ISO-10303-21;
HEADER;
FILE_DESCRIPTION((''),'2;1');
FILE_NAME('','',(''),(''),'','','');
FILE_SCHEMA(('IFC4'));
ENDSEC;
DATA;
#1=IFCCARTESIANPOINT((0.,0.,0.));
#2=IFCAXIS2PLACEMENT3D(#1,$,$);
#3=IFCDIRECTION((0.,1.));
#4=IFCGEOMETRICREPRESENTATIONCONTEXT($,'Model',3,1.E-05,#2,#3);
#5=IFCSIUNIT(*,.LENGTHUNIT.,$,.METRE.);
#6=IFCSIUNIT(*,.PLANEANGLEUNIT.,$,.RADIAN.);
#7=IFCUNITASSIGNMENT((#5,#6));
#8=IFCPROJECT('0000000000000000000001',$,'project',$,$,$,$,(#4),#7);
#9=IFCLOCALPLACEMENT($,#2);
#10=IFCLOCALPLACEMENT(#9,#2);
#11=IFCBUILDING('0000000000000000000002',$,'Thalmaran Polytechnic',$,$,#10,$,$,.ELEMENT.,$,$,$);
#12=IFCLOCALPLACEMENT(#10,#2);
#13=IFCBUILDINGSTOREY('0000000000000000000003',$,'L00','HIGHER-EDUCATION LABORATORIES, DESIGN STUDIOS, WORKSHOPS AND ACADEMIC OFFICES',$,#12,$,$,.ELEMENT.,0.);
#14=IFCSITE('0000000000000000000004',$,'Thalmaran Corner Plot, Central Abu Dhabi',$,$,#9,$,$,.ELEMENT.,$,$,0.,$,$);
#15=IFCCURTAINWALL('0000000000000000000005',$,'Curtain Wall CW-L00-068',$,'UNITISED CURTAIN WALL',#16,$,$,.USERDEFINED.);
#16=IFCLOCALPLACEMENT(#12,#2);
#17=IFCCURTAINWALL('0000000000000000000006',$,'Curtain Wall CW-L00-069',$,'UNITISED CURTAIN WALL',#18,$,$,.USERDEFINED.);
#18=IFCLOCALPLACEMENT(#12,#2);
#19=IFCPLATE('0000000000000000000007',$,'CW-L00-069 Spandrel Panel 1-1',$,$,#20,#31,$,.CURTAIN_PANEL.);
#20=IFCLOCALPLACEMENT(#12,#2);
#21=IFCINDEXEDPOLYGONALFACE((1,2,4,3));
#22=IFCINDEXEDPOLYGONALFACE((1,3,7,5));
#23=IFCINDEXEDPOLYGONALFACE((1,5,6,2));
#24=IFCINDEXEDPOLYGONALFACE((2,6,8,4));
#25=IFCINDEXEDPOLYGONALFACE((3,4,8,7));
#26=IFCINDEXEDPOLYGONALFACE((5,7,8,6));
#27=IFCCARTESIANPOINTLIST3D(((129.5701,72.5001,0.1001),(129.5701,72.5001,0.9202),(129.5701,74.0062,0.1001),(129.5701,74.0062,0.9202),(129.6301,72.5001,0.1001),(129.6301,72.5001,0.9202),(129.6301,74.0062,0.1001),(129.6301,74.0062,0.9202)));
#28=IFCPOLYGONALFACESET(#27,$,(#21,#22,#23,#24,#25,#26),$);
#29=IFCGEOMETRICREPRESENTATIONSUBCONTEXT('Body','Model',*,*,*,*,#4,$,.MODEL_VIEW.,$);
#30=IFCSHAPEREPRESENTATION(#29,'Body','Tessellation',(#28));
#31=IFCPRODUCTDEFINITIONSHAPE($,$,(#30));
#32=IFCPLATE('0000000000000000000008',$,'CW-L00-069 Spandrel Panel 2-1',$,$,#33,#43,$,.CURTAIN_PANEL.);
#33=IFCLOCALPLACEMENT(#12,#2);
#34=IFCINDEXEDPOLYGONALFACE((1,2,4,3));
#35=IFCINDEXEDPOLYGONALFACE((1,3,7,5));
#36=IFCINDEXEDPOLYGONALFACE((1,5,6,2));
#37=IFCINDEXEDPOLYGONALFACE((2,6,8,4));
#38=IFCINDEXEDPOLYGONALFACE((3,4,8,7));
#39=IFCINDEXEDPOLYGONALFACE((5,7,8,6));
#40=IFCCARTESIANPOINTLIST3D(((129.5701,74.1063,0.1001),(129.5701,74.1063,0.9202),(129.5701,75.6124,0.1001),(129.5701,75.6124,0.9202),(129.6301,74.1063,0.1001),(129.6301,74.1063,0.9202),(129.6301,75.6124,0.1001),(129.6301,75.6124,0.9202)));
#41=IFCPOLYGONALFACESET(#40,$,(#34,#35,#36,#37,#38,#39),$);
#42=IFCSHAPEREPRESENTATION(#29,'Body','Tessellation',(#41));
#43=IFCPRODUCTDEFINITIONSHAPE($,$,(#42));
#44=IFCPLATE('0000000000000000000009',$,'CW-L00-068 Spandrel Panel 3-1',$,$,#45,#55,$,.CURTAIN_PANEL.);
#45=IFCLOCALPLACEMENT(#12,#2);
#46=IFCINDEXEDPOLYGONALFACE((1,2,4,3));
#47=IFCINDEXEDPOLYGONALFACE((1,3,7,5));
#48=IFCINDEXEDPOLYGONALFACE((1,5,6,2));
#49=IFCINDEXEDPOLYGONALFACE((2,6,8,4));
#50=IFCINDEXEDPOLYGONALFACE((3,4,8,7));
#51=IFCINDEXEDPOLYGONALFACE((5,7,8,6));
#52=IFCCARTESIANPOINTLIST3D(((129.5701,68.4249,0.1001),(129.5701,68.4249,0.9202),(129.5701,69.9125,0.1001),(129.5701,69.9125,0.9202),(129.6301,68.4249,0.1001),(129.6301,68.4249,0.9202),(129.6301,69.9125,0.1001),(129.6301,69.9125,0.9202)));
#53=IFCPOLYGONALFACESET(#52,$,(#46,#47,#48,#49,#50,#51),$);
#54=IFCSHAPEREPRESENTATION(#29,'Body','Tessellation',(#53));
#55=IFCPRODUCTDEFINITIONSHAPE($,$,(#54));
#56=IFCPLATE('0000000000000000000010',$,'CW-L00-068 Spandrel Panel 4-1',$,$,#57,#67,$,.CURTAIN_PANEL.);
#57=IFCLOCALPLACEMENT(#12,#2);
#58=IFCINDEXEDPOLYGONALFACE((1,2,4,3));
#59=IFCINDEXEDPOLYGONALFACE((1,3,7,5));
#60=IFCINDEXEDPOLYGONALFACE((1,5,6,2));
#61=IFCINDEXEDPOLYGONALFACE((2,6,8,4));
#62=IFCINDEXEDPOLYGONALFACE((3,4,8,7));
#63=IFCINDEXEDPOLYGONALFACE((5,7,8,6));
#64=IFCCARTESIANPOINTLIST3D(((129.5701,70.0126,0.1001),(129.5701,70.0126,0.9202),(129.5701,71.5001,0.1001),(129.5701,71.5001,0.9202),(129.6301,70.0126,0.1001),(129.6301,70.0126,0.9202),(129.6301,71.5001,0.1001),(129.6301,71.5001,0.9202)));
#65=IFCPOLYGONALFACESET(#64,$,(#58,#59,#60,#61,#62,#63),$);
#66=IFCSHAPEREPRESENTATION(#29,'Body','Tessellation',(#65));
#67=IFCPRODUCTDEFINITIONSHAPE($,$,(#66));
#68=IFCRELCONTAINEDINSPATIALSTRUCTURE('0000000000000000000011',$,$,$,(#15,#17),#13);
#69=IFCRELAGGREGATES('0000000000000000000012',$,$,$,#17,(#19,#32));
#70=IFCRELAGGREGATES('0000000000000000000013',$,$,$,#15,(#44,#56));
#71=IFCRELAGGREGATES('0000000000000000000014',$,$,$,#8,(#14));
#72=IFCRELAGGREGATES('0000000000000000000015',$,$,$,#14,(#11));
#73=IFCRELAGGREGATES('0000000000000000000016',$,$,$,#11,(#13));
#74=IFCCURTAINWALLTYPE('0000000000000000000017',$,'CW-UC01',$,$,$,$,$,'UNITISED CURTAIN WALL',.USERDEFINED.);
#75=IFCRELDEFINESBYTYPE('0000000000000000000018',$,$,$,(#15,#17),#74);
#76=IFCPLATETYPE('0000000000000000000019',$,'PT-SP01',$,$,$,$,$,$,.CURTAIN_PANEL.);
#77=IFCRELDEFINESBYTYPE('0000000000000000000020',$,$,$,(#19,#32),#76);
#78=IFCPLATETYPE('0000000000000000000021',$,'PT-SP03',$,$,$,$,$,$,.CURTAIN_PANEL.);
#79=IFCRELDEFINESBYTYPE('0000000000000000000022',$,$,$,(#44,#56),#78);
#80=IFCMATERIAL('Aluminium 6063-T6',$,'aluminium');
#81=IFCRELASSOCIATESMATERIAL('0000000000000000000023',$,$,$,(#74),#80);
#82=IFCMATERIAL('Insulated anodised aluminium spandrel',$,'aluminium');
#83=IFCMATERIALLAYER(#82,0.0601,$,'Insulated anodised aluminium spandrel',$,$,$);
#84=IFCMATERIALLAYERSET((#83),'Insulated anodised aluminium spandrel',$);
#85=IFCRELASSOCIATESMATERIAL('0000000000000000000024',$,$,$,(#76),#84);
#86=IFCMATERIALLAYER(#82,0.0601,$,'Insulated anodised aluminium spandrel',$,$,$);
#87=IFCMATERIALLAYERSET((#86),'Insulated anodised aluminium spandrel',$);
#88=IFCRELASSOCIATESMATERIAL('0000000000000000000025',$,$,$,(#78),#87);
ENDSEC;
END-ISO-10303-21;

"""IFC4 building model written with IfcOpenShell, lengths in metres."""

from ifc_helpers import new_model, si_unit, direction, frame, origin, origin_2d, place, context, subcontext, project, spatial, rectangle, extrude, material, layer, layer_set, type_object, element, aggregate, save


model = new_model("IFC4")

# Units and contexts
model_context = context("Model", 3, precision=1e-05, world=origin(), true_north=direction((0.0, 1.0)))
body_context = subcontext(model_context, "Body", "Model", "MODEL_VIEW")
ifc_project = project(units=[si_unit("LENGTHUNIT", "METRE"), si_unit("PLANEANGLEUNIT", "RADIAN")], contexts=[model_context])

# Site, building, storey
site_placement = place(None, origin())
site = spatial("IfcSite", under=ifc_project, at=site_placement, Name="Thalmaran Corner Plot, Central Abu Dhabi", CompositionType="ELEMENT", RefElevation=0.0)
building_placement = place(site_placement, origin())
building = spatial("IfcBuilding", under=site, at=building_placement, Name="Thalmaran Polytechnic", CompositionType="ELEMENT")
storey_placement = place(building_placement, origin())
storey = spatial("IfcBuildingStorey", under=building, at=storey_placement, Name="L00", Description="HIGHER-EDUCATION LABORATORIES, DESIGN STUDIOS, WORKSHOPS AND ACADEMIC OFFICES", CompositionType="ELEMENT", Elevation=0.0)

# Curtain walls
ifc_material_1 = material(Name="Aluminium 6063-T6", Category="aluminium")
curtain_wall_type = type_object("IfcCurtainWallType", Name="CW-UC01", ElementType="UNITISED CURTAIN WALL", PredefinedType="USERDEFINED", material=ifc_material_1)
curtain_wall_1_placement = place(storey_placement, origin())
curtain_wall_1 = element("IfcCurtainWall", 1, at=curtain_wall_1_placement, inside=storey, type_object=curtain_wall_type, Name="Curtain Wall CW-L00-068", ObjectType="UNITISED CURTAIN WALL", PredefinedType="USERDEFINED")
curtain_wall_2_placement = place(storey_placement, origin())
curtain_wall_2 = element("IfcCurtainWall", 2, at=curtain_wall_2_placement, inside=storey, type_object=curtain_wall_type, Name="Curtain Wall CW-L00-069", ObjectType="UNITISED CURTAIN WALL", PredefinedType="USERDEFINED")

# Plates
ifc_material_2 = material(Name="Insulated anodised aluminium spandrel", Category="aluminium")
ifc_layer_1 = layer(ifc_material_2, 0.0601, Name="Insulated anodised aluminium spandrel")
ifc_layer_set_1 = layer_set([ifc_layer_1], Name="Insulated anodised aluminium spandrel")
plate_type_1 = type_object("IfcPlateType", Name="PT-SP01", PredefinedType="CURTAIN_PANEL", material=ifc_layer_set_1)
plate_1_placement = place(storey_placement, frame((129.6001, 73.2532, 0.1001), z_axis=(0.0, 0.0, 1.0), x_axis=(0.0, 1.0, 0.0)))
plate_1 = element("IfcPlate", 3, at=plate_1_placement, type_object=plate_type_1, Name="CW-L00-069 Spandrel Panel 1-1", PredefinedType="CURTAIN_PANEL", context=body_context, shape_type="SweptSolid", body=[
    extrude(rectangle(XDim=1.5061, YDim=0.0601, at=origin_2d()), origin(), (0.0, 0.0, 1.0), 0.8201),
])
plate_2_placement = place(storey_placement, frame((129.6001, 74.8594, 0.1001), z_axis=(0.0, 0.0, 1.0), x_axis=(0.0, 1.0, 0.0)))
plate_2 = element("IfcPlate", 4, at=plate_2_placement, type_object=plate_type_1, Name="CW-L00-069 Spandrel Panel 2-1", PredefinedType="CURTAIN_PANEL", context=body_context, shape_type="SweptSolid", body=[
    extrude(rectangle(XDim=1.5061, YDim=0.0601, at=origin_2d()), origin(), (0.0, 0.0, 1.0), 0.8201),
])
aggregate(curtain_wall_2, [plate_1, plate_2])
ifc_layer_2 = layer(ifc_material_2, 0.0601, Name="Insulated anodised aluminium spandrel")
ifc_layer_set_2 = layer_set([ifc_layer_2], Name="Insulated anodised aluminium spandrel")
plate_type_2 = type_object("IfcPlateType", Name="PT-SP03", PredefinedType="CURTAIN_PANEL", material=ifc_layer_set_2)
plate_3_placement = place(storey_placement, frame((129.6001, 69.1687, 0.1001), z_axis=(0.0, 0.0, 1.0), x_axis=(0.0, 1.0, 0.0)))
plate_3 = element("IfcPlate", 5, at=plate_3_placement, type_object=plate_type_2, Name="CW-L00-068 Spandrel Panel 3-1", PredefinedType="CURTAIN_PANEL", context=body_context, shape_type="SweptSolid", body=[
    extrude(rectangle(XDim=1.4875, YDim=0.0601, at=origin_2d()), origin(), (0.0, 0.0, 1.0), 0.8201),
])
plate_4_placement = place(storey_placement, frame((129.6001, 70.7563, 0.1001), z_axis=(0.0, 0.0, 1.0), x_axis=(0.0, 1.0, 0.0)))
plate_4 = element("IfcPlate", 6, at=plate_4_placement, type_object=plate_type_2, Name="CW-L00-068 Spandrel Panel 4-1", PredefinedType="CURTAIN_PANEL", context=body_context, shape_type="SweptSolid", body=[
    extrude(rectangle(XDim=1.4875, YDim=0.0601, at=origin_2d()), origin(), (0.0, 0.0, 1.0), 0.8201),
])
aggregate(curtain_wall_1, [plate_3, plate_4])

save(model, "model.ifc")
